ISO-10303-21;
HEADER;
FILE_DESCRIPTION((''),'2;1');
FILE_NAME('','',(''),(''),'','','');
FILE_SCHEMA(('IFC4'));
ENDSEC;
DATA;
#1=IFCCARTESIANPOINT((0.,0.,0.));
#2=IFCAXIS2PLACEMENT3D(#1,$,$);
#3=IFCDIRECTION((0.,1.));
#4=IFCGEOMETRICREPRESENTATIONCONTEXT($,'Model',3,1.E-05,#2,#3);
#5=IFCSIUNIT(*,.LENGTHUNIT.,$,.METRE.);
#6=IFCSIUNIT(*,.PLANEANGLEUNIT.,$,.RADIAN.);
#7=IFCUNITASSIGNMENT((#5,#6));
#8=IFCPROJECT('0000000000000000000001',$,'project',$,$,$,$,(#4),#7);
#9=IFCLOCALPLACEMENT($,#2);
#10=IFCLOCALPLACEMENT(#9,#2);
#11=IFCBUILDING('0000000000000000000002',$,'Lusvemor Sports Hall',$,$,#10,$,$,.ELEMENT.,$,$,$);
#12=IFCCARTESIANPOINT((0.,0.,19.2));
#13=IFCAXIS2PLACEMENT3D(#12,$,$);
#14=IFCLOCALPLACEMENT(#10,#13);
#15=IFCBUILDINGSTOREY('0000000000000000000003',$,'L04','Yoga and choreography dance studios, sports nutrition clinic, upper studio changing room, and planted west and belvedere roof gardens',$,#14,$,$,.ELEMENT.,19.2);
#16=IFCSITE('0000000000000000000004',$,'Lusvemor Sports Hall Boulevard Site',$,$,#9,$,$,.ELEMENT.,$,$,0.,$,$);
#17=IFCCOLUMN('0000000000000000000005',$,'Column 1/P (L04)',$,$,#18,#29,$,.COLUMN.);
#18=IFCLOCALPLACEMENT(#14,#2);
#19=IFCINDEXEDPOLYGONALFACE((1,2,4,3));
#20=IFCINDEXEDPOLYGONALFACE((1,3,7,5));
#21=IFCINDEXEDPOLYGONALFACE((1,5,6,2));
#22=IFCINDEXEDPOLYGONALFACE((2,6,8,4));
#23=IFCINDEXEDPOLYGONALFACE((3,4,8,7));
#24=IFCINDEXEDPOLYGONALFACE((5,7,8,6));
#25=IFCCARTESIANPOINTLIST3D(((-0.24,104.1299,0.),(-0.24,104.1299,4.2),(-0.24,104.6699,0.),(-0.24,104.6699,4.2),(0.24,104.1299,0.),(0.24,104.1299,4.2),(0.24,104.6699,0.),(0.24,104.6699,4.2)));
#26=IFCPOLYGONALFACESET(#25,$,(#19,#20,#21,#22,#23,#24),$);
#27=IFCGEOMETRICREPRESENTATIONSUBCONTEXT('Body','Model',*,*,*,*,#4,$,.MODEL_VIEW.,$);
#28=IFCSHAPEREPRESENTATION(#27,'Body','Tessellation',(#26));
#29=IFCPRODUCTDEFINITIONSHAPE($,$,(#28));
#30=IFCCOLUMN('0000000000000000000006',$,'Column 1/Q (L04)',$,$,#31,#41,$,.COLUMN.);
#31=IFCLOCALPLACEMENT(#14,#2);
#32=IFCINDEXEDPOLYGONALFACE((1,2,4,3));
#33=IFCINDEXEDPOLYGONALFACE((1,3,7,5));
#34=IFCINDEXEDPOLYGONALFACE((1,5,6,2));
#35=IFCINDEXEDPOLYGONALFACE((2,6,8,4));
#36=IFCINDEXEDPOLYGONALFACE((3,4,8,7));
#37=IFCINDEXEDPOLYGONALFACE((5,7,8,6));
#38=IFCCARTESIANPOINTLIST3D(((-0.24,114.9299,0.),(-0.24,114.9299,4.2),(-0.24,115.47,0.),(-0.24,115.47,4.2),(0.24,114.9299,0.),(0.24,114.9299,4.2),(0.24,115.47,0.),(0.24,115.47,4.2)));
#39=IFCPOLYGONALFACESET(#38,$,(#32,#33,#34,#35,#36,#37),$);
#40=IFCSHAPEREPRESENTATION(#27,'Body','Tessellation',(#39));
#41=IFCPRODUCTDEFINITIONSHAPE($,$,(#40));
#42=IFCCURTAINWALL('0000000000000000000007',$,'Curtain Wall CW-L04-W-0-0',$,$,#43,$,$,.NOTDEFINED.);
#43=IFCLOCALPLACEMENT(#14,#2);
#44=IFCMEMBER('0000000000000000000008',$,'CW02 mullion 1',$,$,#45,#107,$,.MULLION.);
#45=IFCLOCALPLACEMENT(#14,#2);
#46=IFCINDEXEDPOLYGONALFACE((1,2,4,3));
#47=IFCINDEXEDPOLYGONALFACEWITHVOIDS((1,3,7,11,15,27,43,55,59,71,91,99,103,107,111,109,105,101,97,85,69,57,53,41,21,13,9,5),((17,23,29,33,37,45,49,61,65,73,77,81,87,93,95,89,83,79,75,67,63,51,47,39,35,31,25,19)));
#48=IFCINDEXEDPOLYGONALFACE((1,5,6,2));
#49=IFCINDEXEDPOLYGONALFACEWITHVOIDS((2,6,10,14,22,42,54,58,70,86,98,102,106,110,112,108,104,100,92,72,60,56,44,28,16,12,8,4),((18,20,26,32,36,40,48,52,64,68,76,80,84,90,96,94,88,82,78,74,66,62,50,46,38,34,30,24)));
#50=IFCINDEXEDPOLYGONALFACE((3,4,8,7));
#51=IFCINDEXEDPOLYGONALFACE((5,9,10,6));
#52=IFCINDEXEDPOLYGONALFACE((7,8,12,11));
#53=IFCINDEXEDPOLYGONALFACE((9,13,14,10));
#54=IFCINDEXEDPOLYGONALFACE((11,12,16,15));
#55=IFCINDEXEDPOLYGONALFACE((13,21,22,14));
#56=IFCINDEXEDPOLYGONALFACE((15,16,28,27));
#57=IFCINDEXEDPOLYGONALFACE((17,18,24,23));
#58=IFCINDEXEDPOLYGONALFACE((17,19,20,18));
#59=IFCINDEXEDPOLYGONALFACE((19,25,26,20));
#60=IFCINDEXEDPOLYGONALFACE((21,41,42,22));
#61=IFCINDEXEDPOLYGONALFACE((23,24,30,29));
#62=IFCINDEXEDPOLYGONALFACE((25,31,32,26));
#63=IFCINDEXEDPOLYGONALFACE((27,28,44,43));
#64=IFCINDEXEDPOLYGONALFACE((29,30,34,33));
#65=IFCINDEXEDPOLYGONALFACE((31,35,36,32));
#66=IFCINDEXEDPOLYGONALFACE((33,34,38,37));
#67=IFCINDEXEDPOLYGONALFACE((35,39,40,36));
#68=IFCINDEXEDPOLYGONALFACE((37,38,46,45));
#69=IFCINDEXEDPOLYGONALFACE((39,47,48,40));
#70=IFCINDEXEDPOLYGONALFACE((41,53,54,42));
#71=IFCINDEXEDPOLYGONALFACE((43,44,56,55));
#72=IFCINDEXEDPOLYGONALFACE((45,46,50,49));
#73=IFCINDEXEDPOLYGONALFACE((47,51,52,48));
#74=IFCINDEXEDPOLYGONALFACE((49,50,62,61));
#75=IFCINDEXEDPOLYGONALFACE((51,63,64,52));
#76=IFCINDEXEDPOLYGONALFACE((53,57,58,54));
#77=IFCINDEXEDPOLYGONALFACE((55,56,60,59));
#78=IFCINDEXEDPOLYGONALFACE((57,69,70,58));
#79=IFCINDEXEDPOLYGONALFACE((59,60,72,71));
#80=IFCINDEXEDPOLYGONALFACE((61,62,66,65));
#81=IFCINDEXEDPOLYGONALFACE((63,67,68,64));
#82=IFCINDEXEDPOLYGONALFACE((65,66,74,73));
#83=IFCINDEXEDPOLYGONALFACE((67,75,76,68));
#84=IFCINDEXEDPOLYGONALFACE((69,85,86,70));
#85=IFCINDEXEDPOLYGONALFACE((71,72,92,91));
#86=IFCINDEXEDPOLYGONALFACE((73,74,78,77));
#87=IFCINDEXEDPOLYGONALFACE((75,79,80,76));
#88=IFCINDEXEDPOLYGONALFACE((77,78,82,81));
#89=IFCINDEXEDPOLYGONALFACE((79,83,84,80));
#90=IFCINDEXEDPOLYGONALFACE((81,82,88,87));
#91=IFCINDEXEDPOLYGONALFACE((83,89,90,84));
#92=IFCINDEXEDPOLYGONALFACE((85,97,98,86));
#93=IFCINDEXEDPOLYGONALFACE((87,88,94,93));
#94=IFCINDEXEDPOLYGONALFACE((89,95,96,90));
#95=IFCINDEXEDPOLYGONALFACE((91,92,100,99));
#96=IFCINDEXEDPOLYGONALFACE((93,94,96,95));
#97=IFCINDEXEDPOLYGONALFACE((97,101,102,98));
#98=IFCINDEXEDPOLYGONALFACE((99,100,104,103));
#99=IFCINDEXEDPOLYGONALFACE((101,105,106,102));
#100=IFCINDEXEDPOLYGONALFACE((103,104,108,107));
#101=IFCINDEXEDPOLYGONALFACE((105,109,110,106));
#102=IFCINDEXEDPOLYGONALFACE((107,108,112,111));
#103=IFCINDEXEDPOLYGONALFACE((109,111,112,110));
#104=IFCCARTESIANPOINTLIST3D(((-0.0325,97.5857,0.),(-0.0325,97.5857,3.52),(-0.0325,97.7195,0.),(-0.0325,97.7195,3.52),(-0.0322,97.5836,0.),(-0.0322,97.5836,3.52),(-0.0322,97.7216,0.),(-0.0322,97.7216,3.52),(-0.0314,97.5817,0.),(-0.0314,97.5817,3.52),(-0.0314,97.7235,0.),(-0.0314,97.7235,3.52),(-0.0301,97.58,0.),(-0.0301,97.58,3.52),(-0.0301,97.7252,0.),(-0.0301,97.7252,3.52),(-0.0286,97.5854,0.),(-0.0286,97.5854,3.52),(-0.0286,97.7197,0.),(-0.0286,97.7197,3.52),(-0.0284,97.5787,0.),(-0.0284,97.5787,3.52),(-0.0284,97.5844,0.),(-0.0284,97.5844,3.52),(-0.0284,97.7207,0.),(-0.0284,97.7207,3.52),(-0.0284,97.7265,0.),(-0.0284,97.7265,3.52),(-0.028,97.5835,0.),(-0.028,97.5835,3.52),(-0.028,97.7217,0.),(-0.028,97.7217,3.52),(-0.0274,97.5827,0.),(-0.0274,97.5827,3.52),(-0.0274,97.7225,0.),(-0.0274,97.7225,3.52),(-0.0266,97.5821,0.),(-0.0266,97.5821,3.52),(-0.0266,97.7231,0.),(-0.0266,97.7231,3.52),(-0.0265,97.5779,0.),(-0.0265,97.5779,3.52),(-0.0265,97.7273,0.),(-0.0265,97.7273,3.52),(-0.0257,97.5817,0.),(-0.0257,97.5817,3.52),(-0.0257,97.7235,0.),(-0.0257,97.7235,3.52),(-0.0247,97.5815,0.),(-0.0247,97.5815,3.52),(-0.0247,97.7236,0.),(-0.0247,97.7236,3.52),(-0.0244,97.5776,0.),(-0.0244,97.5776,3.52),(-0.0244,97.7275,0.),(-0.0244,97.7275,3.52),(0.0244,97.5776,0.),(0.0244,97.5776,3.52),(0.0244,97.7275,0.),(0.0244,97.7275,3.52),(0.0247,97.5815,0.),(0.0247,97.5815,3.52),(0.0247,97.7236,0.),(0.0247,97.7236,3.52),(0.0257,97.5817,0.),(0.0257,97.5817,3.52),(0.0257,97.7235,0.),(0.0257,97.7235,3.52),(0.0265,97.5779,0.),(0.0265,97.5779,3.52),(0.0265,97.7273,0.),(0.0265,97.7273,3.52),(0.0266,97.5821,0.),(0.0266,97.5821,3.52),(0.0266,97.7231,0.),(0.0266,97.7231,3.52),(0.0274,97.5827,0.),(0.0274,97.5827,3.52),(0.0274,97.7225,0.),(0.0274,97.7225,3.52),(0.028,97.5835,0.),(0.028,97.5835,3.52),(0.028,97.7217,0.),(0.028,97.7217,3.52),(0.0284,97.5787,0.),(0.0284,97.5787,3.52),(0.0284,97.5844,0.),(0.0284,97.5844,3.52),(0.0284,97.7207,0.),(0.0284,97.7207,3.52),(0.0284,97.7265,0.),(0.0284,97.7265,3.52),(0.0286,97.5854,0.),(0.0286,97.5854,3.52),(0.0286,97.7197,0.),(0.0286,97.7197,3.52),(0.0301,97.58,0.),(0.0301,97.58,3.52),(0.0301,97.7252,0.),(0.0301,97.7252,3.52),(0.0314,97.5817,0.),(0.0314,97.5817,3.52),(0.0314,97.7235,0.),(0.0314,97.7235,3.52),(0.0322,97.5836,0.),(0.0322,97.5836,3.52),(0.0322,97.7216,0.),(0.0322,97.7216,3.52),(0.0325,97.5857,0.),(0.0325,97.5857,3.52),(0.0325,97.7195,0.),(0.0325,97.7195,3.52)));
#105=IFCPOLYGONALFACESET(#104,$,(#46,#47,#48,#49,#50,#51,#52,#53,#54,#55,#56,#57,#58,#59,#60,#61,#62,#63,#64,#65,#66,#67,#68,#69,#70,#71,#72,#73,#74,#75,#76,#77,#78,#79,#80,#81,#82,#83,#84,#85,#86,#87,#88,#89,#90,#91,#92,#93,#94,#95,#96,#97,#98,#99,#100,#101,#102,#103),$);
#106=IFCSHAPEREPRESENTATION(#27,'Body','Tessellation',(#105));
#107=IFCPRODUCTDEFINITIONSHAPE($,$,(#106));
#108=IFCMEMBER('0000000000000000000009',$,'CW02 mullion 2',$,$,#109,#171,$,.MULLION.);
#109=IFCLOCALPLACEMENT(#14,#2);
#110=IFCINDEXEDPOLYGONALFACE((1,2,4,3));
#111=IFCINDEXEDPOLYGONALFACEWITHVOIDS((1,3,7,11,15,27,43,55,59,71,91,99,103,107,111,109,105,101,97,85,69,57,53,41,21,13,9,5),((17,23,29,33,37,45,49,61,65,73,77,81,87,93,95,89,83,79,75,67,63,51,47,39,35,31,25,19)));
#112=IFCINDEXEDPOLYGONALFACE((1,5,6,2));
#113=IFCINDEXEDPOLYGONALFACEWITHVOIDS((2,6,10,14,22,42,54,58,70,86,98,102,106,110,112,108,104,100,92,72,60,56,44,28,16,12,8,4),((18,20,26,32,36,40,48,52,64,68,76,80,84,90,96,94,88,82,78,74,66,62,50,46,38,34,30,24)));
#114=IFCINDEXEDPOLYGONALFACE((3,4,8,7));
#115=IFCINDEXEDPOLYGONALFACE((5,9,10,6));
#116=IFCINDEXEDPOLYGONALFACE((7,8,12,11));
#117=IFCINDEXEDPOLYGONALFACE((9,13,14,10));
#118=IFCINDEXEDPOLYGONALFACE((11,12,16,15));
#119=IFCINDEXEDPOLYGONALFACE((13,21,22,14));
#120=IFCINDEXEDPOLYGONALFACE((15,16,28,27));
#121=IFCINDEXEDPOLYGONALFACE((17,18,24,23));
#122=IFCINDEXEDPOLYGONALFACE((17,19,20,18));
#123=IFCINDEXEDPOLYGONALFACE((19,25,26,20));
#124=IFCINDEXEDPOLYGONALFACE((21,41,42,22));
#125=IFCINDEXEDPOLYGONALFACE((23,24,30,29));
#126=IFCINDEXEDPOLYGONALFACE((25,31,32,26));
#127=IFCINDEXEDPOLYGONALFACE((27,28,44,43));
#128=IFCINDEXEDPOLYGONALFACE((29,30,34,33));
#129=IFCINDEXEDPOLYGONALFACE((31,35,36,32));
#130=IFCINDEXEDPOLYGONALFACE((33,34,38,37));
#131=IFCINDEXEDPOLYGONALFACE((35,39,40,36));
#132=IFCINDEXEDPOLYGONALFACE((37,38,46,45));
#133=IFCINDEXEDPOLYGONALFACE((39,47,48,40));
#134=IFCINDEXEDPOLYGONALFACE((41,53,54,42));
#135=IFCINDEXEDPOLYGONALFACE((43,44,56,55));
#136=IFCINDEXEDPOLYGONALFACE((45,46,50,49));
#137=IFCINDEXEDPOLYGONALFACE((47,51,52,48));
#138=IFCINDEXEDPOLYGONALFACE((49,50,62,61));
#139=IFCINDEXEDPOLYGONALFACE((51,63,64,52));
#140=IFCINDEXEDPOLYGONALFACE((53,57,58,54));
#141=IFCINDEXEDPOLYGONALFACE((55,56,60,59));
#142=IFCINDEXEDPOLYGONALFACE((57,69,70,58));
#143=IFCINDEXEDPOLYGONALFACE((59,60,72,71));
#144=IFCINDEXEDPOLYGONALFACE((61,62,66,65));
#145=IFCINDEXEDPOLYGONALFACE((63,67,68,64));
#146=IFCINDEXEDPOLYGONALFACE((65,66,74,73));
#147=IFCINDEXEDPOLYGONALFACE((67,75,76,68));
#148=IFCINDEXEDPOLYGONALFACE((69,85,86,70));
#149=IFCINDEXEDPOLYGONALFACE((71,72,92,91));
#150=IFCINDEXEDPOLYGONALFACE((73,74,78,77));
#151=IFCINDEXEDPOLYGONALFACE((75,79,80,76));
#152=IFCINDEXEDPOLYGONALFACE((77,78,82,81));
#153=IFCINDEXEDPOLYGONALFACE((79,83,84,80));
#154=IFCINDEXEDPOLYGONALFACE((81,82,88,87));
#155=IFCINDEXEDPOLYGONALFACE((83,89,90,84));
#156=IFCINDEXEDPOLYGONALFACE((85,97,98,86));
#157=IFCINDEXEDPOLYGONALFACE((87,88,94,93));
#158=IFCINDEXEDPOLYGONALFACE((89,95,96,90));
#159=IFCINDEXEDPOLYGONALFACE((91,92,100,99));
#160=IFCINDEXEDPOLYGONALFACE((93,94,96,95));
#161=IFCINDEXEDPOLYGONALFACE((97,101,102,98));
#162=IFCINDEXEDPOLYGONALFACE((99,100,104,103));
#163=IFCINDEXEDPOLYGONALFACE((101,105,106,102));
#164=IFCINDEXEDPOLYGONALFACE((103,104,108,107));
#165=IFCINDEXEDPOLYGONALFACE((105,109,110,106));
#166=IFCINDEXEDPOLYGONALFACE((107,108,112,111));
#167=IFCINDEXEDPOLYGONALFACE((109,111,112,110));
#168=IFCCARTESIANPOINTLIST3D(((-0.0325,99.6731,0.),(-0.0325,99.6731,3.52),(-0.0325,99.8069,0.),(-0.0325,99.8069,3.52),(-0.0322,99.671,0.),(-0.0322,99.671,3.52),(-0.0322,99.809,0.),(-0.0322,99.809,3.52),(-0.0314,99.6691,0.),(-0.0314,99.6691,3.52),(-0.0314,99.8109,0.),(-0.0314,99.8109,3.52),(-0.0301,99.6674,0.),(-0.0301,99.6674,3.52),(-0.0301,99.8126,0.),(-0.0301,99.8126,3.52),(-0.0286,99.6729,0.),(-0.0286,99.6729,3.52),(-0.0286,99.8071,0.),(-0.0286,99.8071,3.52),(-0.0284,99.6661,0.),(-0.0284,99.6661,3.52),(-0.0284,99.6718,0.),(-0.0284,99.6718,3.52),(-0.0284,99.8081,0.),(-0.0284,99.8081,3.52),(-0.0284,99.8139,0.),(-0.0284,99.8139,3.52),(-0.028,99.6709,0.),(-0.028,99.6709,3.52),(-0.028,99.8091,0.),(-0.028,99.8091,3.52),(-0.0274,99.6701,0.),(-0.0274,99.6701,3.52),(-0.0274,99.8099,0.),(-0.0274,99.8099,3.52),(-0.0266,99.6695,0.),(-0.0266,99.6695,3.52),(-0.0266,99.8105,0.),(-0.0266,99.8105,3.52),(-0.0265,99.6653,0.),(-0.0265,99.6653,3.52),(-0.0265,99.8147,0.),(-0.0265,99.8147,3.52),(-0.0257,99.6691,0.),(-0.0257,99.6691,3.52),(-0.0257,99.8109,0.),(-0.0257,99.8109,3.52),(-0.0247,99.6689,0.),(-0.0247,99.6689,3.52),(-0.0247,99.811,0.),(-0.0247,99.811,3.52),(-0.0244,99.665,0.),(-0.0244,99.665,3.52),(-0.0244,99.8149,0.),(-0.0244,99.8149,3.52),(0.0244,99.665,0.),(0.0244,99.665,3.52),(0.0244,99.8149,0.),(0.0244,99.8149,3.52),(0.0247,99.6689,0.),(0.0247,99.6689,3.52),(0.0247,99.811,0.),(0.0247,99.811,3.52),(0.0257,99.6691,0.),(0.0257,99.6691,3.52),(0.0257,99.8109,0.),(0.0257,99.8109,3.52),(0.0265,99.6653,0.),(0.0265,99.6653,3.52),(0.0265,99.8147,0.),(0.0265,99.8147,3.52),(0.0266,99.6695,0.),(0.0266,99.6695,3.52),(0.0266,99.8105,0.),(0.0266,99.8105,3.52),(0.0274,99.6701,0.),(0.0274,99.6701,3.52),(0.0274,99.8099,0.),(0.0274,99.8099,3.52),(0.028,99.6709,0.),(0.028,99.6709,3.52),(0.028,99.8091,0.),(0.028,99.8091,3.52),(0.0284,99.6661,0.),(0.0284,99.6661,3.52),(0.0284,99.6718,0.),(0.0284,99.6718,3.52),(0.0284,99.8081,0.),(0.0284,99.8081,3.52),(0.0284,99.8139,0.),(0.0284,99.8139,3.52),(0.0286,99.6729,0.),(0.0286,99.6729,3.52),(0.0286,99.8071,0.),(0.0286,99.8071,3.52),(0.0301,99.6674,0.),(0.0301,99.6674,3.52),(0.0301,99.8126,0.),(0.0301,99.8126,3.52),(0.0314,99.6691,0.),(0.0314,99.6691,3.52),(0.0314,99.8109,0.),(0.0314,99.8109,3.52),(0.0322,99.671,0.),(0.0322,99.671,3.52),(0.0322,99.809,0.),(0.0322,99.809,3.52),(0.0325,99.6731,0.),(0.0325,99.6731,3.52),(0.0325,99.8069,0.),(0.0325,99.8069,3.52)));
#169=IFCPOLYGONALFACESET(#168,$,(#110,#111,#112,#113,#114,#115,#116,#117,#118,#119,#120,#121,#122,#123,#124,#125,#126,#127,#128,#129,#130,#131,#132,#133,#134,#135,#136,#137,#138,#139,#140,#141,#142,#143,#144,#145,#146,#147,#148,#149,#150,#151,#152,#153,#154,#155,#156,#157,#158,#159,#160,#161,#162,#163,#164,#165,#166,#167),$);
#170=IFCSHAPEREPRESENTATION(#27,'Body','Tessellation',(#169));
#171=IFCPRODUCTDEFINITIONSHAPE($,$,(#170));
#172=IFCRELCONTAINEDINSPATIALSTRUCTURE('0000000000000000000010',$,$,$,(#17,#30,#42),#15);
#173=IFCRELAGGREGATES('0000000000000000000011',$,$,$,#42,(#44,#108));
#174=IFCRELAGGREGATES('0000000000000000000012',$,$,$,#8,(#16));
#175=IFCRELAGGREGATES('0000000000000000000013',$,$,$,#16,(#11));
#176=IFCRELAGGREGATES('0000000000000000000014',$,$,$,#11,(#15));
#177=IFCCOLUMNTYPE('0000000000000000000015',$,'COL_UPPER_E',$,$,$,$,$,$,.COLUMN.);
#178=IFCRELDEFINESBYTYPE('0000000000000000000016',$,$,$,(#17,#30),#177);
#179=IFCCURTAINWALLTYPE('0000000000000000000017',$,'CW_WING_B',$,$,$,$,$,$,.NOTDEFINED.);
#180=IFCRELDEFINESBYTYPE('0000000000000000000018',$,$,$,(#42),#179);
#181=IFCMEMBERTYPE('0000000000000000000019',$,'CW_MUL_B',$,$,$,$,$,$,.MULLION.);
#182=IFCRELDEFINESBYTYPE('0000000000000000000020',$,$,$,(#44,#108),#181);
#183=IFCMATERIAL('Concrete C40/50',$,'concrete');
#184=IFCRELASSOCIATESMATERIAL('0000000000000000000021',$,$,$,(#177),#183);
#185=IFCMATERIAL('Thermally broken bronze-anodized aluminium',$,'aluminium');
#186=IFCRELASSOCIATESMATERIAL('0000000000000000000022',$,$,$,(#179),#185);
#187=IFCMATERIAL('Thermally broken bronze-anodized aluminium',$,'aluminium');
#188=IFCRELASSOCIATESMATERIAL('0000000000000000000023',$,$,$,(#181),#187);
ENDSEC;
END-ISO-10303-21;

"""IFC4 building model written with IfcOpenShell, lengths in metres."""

from ifc_helpers import new_model, si_unit, direction, frame, origin, origin_2d, place, context, subcontext, project, spatial, rectangle, hollow_rectangle, extrude, material, material_profile, profile_set, type_object, element, aggregate, save


model = new_model("IFC4")

# Units and contexts
model_context = context("Model", 3, precision=1e-05, world=origin(), true_north=direction((0.0, 1.0)))
body_context = subcontext(model_context, "Body", "Model", "MODEL_VIEW")
ifc_project = project(units=[si_unit("LENGTHUNIT", "METRE"), si_unit("PLANEANGLEUNIT", "RADIAN")], contexts=[model_context])

# Site, building, storey
site_placement = place(None, origin())
site = spatial("IfcSite", under=ifc_project, at=site_placement, Name="Lusvemor Sports Hall Boulevard Site", CompositionType="ELEMENT", RefElevation=0.0)
building_placement = place(site_placement, origin())
building = spatial("IfcBuilding", under=site, at=building_placement, Name="Lusvemor Sports Hall", CompositionType="ELEMENT")
storey_placement = place(building_placement, frame((0.0, 0.0, 19.2)))
storey = spatial("IfcBuildingStorey", under=building, at=storey_placement, Name="L04", Description="Yoga and choreography dance studios, sports nutrition clinic, upper studio changing room, and planted west and belvedere roof gardens", CompositionType="ELEMENT", Elevation=19.2)

# Columns
ifc_material_1 = material(Name="Concrete C40/50", Category="concrete")
ifc_material_profile_1 = material_profile(ifc_material_1, rectangle(XDim=0.48, YDim=0.54, at=origin_2d()), Name="RC480x540")
ifc_profile_set_1 = profile_set([ifc_material_profile_1], Name="Concrete C40/50")
column_type = type_object("IfcColumnType", Name="COL_UPPER_E", PredefinedType="COLUMN", material=ifc_profile_set_1)
for number, where, z_axis, x_axis, name in (
    (1, (0.0, 104.3999, 0.0), (0.0, 0.0, 1.0), (1.0, 0.0, 0.0), "Column 1/P (L04)"),
    (2, (0.0, 115.2, 0.0), (0.0, 0.0, 1.0), (1.0, 0.0, 0.0), "Column 1/Q (L04)"),
):
    element("IfcColumn", number, at=place(storey_placement, frame(where, z_axis=z_axis, x_axis=x_axis)), inside=storey, type_object=column_type, Name=name, PredefinedType="COLUMN", context=body_context, shape_type="SweptSolid", body=[
        extrude(rectangle(XDim=0.48, YDim=0.54, at=origin_2d()), origin(), (0.0, 0.0, 1.0), 4.2),
    ])

# Curtain wall, members
ifc_material_2 = material(Name="Thermally broken bronze-anodized aluminium", Category="aluminium")
curtain_wall_type = type_object("IfcCurtainWallType", Name="CW_WING_B", PredefinedType="NOTDEFINED", material=ifc_material_2)
curtain_wall_placement = place(storey_placement, origin())
curtain_wall = element("IfcCurtainWall", 3, at=curtain_wall_placement, inside=storey, type_object=curtain_wall_type, Name="Curtain Wall CW-L04-W-0-0", PredefinedType="NOTDEFINED")
ifc_material_3 = material(Name="Thermally broken bronze-anodized aluminium", Category="aluminium")
ifc_material_profile_2 = material_profile(ifc_material_3, hollow_rectangle(XDim=0.0649, YDim=0.1499, WallThickness=0.0039, InnerFilletRadius=0.0039, OuterFilletRadius=0.0081, at=origin_2d()), Name="CWMUL150x65x4")
ifc_profile_set_2 = profile_set([ifc_material_profile_2], Name="Thermally broken bronze-anodized aluminium")
member_type_1 = type_object("IfcMemberType", Name="CW_MUL_B", PredefinedType="MULLION", material=ifc_profile_set_2)
member_1_placement = place(storey_placement, frame((0.0, 97.6526, 0.0), z_axis=(0.0, 0.0, 1.0), x_axis=(-1.0, 0.0, 0.0)))
member_1 = element("IfcMember", 4, at=member_1_placement, type_object=member_type_1, Name="CW02 mullion 1", PredefinedType="MULLION", context=body_context, shape_type="SweptSolid", body=[
    extrude(hollow_rectangle(XDim=0.0649, YDim=0.1499, WallThickness=0.0039, InnerFilletRadius=0.0039, OuterFilletRadius=0.0081, at=origin_2d()), origin(), (0.0, 0.0, 1.0), 3.52),
])
member_2_placement = place(storey_placement, frame((0.0, 99.74, 0.0), z_axis=(0.0, 0.0, 1.0), x_axis=(-1.0, 0.0, 0.0)))
member_2 = element("IfcMember", 5, at=member_2_placement, type_object=member_type_1, Name="CW02 mullion 2", PredefinedType="MULLION", context=body_context, shape_type="SweptSolid", body=[
    extrude(hollow_rectangle(XDim=0.0649, YDim=0.1499, WallThickness=0.0039, InnerFilletRadius=0.0039, OuterFilletRadius=0.0081, at=origin_2d()), origin(), (0.0, 0.0, 1.0), 3.52),
])

aggregate(curtain_wall, [member_1, member_2])

save(model, "model.ifc")
